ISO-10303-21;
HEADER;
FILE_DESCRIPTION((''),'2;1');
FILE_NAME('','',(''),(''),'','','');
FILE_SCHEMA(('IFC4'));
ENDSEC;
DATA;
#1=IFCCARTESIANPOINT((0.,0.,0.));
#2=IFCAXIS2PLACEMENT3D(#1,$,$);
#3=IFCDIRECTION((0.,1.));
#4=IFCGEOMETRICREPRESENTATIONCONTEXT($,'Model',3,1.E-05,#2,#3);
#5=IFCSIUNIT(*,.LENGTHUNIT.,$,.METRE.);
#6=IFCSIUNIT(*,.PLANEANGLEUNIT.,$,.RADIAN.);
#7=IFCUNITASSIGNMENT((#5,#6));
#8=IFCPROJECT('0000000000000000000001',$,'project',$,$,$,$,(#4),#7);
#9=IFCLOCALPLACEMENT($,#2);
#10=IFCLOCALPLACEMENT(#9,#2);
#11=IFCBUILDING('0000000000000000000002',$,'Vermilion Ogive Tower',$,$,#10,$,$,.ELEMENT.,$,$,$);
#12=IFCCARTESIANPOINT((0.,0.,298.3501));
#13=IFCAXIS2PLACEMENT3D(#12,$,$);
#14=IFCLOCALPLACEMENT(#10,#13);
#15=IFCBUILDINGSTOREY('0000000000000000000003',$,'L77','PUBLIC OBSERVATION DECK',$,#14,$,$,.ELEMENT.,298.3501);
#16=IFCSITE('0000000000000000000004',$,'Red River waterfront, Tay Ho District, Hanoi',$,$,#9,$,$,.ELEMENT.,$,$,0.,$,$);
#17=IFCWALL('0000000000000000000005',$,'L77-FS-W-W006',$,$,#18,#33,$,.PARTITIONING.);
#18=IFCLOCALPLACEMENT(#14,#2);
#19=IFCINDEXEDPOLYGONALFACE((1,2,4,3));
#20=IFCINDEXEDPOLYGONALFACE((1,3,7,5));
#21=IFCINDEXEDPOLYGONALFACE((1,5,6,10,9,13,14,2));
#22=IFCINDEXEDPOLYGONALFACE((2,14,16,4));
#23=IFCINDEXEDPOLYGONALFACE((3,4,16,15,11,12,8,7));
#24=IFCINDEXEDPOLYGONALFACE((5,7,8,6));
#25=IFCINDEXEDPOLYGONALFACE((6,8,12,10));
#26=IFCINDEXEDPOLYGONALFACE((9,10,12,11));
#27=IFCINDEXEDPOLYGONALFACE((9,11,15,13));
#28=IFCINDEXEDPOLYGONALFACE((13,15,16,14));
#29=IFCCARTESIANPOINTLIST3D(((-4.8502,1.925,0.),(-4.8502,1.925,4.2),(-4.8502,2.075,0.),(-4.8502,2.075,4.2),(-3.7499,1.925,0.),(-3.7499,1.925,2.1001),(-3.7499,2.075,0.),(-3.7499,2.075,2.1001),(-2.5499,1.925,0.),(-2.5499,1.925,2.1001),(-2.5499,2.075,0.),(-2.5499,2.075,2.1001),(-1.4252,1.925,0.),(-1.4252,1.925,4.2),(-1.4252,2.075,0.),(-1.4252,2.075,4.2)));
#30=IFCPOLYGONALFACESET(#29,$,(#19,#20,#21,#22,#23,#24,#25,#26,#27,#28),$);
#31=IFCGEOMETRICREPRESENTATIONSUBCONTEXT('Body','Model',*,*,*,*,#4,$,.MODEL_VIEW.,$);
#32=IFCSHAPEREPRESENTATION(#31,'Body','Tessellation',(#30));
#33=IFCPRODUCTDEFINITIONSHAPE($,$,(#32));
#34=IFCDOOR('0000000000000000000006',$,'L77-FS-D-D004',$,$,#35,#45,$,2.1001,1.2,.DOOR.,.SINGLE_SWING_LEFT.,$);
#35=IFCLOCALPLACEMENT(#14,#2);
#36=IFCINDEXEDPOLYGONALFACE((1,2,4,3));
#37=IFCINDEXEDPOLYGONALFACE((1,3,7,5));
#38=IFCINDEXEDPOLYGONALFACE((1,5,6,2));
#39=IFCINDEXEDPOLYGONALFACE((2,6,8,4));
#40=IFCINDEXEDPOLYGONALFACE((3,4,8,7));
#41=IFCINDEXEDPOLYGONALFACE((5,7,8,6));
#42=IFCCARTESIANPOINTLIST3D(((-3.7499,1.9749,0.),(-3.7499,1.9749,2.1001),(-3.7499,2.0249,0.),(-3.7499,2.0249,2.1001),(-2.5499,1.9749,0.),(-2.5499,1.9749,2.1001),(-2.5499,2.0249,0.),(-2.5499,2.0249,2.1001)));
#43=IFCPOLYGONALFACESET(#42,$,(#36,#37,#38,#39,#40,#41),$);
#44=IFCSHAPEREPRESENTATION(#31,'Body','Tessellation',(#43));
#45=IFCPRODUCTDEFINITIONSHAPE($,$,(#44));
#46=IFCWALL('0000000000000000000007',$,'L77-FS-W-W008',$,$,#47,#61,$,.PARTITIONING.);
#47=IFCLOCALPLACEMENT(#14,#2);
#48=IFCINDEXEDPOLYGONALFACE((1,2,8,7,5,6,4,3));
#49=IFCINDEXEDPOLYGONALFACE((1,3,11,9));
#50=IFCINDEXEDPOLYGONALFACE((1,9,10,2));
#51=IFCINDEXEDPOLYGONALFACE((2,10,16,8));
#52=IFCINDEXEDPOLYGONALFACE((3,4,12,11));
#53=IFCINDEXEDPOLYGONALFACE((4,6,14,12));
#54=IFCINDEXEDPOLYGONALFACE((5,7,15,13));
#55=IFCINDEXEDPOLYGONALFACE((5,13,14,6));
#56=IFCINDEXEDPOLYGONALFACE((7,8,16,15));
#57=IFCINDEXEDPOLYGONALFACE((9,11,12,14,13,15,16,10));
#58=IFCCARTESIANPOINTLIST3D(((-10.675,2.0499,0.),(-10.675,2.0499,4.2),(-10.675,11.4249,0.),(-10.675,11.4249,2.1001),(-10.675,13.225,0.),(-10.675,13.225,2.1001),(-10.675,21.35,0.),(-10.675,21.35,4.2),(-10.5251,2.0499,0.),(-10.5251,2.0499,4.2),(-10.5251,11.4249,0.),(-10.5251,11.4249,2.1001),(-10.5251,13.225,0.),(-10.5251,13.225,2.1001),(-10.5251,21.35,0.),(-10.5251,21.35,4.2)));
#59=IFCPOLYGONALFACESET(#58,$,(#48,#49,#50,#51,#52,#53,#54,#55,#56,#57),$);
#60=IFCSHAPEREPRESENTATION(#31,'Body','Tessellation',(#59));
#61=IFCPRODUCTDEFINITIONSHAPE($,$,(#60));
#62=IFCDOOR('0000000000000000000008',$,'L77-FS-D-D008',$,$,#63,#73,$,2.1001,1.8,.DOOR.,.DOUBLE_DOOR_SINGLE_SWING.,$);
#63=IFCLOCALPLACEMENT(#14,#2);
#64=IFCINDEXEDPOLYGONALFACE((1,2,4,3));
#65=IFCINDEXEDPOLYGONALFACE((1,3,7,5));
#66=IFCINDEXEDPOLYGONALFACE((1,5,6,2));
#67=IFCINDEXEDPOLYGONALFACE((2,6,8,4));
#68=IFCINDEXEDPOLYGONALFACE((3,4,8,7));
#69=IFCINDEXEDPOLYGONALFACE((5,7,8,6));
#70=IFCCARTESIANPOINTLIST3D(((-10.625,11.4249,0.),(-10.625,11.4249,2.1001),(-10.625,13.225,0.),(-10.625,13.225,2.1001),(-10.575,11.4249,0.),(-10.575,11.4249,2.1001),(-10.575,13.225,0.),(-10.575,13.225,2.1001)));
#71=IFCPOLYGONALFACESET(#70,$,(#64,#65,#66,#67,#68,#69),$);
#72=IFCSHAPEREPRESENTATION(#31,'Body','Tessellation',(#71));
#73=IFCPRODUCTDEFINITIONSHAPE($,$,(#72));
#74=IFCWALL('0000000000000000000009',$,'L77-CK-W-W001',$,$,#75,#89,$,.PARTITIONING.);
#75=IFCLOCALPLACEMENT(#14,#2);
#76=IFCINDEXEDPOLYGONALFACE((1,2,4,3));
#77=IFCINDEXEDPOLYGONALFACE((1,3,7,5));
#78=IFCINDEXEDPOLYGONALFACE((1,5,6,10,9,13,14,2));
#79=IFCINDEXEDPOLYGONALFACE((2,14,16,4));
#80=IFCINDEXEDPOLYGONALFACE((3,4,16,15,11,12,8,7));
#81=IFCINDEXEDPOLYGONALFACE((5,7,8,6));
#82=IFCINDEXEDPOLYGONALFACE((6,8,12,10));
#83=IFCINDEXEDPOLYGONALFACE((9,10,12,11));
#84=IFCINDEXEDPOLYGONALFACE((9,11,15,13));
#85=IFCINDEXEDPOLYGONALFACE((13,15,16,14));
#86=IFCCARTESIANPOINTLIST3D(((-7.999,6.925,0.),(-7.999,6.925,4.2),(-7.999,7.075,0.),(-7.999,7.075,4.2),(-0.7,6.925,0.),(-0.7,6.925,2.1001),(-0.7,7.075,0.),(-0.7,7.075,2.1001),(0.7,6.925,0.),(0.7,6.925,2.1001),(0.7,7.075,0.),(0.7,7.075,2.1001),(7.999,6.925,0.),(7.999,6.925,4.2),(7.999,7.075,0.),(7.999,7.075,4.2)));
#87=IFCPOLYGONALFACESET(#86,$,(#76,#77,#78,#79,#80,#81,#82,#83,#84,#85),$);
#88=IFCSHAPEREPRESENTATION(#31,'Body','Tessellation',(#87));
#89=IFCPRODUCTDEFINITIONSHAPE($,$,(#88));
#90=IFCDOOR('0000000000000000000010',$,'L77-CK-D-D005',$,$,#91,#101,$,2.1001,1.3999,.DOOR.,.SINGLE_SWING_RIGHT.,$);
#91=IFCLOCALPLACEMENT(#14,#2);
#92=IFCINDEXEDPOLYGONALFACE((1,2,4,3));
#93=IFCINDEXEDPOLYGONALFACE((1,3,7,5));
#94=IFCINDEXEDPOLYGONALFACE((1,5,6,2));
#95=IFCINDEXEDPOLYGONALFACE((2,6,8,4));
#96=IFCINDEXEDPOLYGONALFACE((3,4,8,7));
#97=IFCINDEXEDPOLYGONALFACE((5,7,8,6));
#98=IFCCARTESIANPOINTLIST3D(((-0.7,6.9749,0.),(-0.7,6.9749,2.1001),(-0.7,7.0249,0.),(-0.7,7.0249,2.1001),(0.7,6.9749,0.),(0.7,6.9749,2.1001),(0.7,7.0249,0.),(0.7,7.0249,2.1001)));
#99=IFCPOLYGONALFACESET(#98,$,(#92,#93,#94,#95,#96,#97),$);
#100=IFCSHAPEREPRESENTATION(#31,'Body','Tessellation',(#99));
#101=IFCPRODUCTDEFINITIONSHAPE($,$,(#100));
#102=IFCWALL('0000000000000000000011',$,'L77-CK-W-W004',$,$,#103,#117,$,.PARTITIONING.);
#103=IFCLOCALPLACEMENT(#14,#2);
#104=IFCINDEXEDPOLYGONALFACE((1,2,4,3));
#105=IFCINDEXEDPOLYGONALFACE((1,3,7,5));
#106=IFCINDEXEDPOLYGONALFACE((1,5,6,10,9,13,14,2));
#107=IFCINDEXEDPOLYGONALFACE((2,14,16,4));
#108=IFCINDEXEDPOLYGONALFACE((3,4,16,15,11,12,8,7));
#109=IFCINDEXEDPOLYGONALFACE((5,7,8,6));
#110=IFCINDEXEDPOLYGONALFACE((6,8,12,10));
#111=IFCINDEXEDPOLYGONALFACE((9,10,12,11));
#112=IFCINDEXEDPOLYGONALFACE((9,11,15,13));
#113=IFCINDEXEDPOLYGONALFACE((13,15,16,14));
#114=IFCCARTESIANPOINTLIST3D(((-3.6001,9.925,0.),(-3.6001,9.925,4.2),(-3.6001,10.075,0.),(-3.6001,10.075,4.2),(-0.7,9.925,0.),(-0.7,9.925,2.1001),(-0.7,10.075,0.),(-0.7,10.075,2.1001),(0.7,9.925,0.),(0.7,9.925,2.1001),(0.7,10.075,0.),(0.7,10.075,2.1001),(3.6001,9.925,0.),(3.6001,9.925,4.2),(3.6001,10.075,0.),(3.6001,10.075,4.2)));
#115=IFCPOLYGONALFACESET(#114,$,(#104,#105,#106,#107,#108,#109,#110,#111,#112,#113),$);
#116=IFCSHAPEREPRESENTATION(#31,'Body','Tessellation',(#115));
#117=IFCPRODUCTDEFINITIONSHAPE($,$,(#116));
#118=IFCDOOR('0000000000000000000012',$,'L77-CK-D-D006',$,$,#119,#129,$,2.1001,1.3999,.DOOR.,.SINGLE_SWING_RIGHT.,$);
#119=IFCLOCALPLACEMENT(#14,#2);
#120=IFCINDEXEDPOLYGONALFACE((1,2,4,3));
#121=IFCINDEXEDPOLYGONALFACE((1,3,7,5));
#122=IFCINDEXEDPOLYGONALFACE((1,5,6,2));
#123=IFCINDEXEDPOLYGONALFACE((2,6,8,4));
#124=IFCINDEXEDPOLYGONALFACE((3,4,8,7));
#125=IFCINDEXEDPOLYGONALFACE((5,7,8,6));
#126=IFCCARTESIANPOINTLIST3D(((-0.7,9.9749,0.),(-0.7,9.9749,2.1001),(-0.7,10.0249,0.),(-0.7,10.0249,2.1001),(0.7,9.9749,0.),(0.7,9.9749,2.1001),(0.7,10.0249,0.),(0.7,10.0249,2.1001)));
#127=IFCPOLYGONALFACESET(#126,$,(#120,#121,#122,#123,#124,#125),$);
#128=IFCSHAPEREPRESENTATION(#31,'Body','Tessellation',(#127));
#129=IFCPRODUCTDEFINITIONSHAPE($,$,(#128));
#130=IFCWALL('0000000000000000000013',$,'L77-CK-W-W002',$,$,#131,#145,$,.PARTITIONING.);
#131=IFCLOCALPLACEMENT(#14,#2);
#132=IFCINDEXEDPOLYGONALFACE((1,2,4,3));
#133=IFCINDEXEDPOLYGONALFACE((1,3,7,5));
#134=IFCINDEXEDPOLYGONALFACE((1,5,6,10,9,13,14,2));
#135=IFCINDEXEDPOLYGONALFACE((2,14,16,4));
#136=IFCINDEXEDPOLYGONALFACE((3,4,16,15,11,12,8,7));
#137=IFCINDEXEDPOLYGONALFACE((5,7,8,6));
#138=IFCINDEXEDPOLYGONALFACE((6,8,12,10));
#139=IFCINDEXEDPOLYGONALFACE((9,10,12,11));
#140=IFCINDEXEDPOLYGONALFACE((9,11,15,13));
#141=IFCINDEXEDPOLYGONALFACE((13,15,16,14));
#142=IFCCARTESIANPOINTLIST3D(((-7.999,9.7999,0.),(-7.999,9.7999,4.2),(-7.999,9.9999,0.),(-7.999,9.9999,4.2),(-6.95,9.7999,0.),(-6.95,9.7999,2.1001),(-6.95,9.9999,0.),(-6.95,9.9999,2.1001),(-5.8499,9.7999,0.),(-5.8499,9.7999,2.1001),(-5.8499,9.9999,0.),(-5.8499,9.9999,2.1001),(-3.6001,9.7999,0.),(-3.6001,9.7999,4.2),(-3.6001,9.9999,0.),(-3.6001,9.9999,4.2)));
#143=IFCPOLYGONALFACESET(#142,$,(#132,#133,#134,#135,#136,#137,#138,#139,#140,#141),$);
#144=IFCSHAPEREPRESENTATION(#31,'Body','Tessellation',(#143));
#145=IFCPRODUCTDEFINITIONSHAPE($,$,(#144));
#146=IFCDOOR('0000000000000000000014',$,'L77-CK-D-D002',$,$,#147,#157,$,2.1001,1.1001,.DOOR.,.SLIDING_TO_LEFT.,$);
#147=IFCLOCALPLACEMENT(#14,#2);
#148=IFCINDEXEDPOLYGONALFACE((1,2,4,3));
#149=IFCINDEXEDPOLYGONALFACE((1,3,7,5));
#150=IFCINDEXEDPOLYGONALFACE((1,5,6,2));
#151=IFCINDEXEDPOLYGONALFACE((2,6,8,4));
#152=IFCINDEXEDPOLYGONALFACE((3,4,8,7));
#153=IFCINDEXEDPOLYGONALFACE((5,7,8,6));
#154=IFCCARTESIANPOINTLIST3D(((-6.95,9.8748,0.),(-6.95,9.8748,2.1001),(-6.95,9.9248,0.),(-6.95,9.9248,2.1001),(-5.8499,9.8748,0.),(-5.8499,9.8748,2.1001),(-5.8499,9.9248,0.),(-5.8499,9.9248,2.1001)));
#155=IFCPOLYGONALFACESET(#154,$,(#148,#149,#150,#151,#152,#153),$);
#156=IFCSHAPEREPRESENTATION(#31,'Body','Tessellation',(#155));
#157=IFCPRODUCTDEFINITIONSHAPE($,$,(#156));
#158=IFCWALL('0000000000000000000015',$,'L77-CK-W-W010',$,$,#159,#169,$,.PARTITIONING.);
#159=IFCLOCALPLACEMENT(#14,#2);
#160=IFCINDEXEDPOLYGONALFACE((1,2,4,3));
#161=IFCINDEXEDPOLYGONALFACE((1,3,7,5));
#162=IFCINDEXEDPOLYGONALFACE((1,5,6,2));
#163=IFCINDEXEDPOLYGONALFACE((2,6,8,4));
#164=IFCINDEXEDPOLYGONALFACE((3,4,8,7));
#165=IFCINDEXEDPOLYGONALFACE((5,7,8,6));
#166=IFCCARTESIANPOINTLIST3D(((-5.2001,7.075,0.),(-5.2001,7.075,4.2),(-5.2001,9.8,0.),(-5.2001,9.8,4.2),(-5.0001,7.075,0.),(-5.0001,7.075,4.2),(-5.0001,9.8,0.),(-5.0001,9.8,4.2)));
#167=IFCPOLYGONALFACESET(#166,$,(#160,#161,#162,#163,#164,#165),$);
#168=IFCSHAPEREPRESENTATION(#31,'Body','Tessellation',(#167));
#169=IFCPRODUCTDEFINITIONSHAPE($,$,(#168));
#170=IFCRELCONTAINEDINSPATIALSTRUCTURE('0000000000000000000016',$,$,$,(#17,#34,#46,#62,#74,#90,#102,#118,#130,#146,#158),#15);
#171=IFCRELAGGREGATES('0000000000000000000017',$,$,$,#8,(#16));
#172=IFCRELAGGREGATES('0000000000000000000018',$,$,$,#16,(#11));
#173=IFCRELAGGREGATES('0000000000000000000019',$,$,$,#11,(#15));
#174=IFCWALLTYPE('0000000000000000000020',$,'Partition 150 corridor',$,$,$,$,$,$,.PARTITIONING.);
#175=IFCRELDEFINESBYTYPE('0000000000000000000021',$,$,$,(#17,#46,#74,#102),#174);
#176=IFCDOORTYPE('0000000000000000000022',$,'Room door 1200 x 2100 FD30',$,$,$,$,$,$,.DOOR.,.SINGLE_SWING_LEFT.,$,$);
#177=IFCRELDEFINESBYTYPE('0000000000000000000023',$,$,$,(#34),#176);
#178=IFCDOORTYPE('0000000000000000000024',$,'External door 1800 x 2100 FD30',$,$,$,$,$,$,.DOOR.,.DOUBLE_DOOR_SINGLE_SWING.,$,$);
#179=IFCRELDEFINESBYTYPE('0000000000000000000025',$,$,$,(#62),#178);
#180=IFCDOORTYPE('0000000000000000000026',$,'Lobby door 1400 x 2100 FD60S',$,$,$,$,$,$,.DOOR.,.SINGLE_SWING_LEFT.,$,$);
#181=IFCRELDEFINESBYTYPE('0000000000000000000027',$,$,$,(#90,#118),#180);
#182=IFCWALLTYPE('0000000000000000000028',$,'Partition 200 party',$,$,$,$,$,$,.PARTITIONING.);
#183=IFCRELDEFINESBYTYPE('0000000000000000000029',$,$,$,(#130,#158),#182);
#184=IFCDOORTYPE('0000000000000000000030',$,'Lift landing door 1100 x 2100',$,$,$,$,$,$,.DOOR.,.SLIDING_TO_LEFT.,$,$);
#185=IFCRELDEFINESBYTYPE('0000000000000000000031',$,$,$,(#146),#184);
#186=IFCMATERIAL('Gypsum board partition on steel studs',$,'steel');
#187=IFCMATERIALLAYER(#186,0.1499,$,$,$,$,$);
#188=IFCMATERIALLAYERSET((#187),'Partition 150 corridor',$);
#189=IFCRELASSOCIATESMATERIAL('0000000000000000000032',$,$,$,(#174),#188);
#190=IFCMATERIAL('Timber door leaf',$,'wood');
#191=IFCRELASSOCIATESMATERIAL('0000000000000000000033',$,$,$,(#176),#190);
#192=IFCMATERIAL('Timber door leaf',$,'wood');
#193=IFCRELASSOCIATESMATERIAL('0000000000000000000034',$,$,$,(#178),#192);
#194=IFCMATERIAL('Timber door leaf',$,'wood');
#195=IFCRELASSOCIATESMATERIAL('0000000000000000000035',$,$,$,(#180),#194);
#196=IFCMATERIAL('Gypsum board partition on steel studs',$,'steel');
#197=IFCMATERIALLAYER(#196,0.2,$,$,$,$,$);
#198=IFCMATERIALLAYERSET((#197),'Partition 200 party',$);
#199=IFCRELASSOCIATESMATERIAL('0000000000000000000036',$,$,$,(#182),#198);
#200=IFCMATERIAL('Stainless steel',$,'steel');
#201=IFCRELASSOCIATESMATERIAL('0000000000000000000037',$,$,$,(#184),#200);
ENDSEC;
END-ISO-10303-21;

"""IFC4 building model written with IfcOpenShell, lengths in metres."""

from ifc_helpers import new_model, si_unit, direction, frame, frame_2d, origin, place, context, subcontext, project, spatial, rectangle, extrude, material, layer, layer_set, type_object, element, fill, save


model = new_model("IFC4")

# Units and contexts
model_context = context("Model", 3, precision=1e-05, world=origin(), true_north=direction((0.0, 1.0)))
body_context = subcontext(model_context, "Body", "Model", "MODEL_VIEW")
ifc_project = project(units=[si_unit("LENGTHUNIT", "METRE"), si_unit("PLANEANGLEUNIT", "RADIAN")], contexts=[model_context])

# Site, building, storey
site_placement = place(None, origin())
site = spatial("IfcSite", under=ifc_project, at=site_placement, Name="Red River waterfront, Tay Ho District, Hanoi", CompositionType="ELEMENT", RefElevation=0.0)
building_placement = place(site_placement, origin())
building = spatial("IfcBuilding", under=site, at=building_placement, Name="Vermilion Ogive Tower", CompositionType="ELEMENT")
storey_placement = place(building_placement, frame((0.0, 0.0, 298.3501)))
storey = spatial("IfcBuildingStorey", under=building, at=storey_placement, Name="L77", Description="PUBLIC OBSERVATION DECK", CompositionType="ELEMENT", Elevation=298.3501)

# Walls, openings, doors
ifc_material_1 = material(Name="Gypsum board partition on steel studs", Category="steel")
ifc_layer_1 = layer(ifc_material_1, 0.1499)
ifc_layer_set_1 = layer_set([ifc_layer_1], Name="Partition 150 corridor")
wall_type_1 = type_object("IfcWallType", Name="Partition 150 corridor", PredefinedType="PARTITIONING", material=ifc_layer_set_1)
wall_1_placement = place(storey_placement, frame((-4.8501, 2.0, 0.0), z_axis=(0.0, 0.0, 1.0), x_axis=(1.0, 0.0, 0.0)))
wall_1 = element("IfcWall", 1, at=wall_1_placement, inside=storey, type_object=wall_type_1, Name="L77-FS-W-W006", PredefinedType="PARTITIONING", context=body_context, shape_type="SweptSolid", body=[
    extrude(rectangle(XDim=3.425, YDim=0.1499, at=frame_2d((1.7124, 0.0))), origin(), (0.0, 0.0, 1.0), 4.2),
])
opening_1_placement = place(wall_1_placement, frame((1.1001, 0.0, 0.0)))
opening_1 = element("IfcOpeningElement", 2, at=opening_1_placement, cuts=wall_1, PredefinedType="OPENING", context=body_context, shape_type="SweptSolid", body=[
    extrude(rectangle(XDim=1.2, YDim=2.1001, at=frame_2d((0.6001, 1.05))), frame((0.0, 0.085, 0.0), z_axis=(0.0, -1.0, 0.0), x_axis=(1.0, 0.0, 0.0)), (0.0, 0.0, 1.0), 0.1699),
])
ifc_material_2 = material(Name="Timber door leaf", Category="wood")
door_type_1 = type_object("IfcDoorType", Name="Room door 1200 x 2100 FD30", OperationType="SINGLE_SWING_LEFT", PredefinedType="DOOR", material=ifc_material_2)
door_1_placement = place(opening_1_placement, origin())
door_1 = element("IfcDoor", 3, at=door_1_placement, inside=storey, type_object=door_type_1, Name="L77-FS-D-D004", OperationType="SINGLE_SWING_LEFT", OverallHeight=2.1001, OverallWidth=1.2, PredefinedType="DOOR", context=body_context, shape_type="SweptSolid", body=[
    extrude(rectangle(XDim=1.2, YDim=2.1001, at=frame_2d((0.6001, 1.05))), frame((0.0, 0.0249, 0.0), z_axis=(0.0, -1.0, 0.0), x_axis=(1.0, 0.0, 0.0)), (0.0, 0.0, 1.0), 0.05),
])
fill(opening_1, door_1)
wall_2_placement = place(storey_placement, frame((-10.6001, 2.05, 0.0), z_axis=(0.0, 0.0, 1.0), x_axis=(0.0, 1.0, 0.0)))
wall_2 = element("IfcWall", 4, at=wall_2_placement, inside=storey, type_object=wall_type_1, Name="L77-FS-W-W008", PredefinedType="PARTITIONING", context=body_context, shape_type="SweptSolid", body=[
    extrude(rectangle(XDim=19.3, YDim=0.1499, at=frame_2d((9.6499, 0.0))), origin(), (0.0, 0.0, 1.0), 4.2),
])
opening_2_placement = place(wall_2_placement, frame((9.375, 0.0, 0.0)))
opening_2 = element("IfcOpeningElement", 5, at=opening_2_placement, cuts=wall_2, PredefinedType="OPENING", context=body_context, shape_type="SweptSolid", body=[
    extrude(rectangle(XDim=1.8, YDim=2.1001, at=frame_2d((0.8999, 1.05))), frame((0.0, 0.085, 0.0), z_axis=(0.0, -1.0, 0.0), x_axis=(1.0, 0.0, 0.0)), (0.0, 0.0, 1.0), 0.1699),
])
ifc_material_3 = material(Name="Timber door leaf", Category="wood")
door_type_2 = type_object("IfcDoorType", Name="External door 1800 x 2100 FD30", OperationType="DOUBLE_DOOR_SINGLE_SWING", PredefinedType="DOOR", material=ifc_material_3)
door_2_placement = place(opening_2_placement, origin())
door_2 = element("IfcDoor", 6, at=door_2_placement, inside=storey, type_object=door_type_2, Name="L77-FS-D-D008", OperationType="DOUBLE_DOOR_SINGLE_SWING", OverallHeight=2.1001, OverallWidth=1.8, PredefinedType="DOOR", context=body_context, shape_type="SweptSolid", body=[
    extrude(rectangle(XDim=1.8, YDim=2.1001, at=frame_2d((0.8999, 1.05))), frame((0.0, 0.0249, 0.0), z_axis=(0.0, -1.0, 0.0), x_axis=(1.0, 0.0, 0.0)), (0.0, 0.0, 1.0), 0.05),
])
fill(opening_2, door_2)
wall_3_placement = place(storey_placement, frame((-7.999, 7.0, 0.0), z_axis=(0.0, 0.0, 1.0), x_axis=(1.0, 0.0, 0.0)))
wall_3 = element("IfcWall", 7, at=wall_3_placement, inside=storey, type_object=wall_type_1, Name="L77-CK-W-W001", PredefinedType="PARTITIONING", context=body_context, shape_type="SweptSolid", body=[
    extrude(rectangle(XDim=15.998, YDim=0.1499, at=frame_2d((7.999, 0.0))), origin(), (0.0, 0.0, 1.0), 4.2),
])
opening_3_placement = place(wall_3_placement, frame((7.2991, 0.0, 0.0)))
opening_3 = element("IfcOpeningElement", 8, at=opening_3_placement, cuts=wall_3, PredefinedType="OPENING", context=body_context, shape_type="SweptSolid", body=[
    extrude(rectangle(XDim=1.3999, YDim=2.1001, at=frame_2d((0.7, 1.05))), frame((0.0, 0.085, 0.0), z_axis=(0.0, -1.0, 0.0), x_axis=(1.0, 0.0, 0.0)), (0.0, 0.0, 1.0), 0.1699),
])
ifc_material_4 = material(Name="Timber door leaf", Category="wood")
door_type_3 = type_object("IfcDoorType", Name="Lobby door 1400 x 2100 FD60S", OperationType="SINGLE_SWING_LEFT", PredefinedType="DOOR", material=ifc_material_4)
door_3_placement = place(opening_3_placement, origin())
door_3 = element("IfcDoor", 9, at=door_3_placement, inside=storey, type_object=door_type_3, Name="L77-CK-D-D005", OperationType="SINGLE_SWING_RIGHT", OverallHeight=2.1001, OverallWidth=1.3999, PredefinedType="DOOR", context=body_context, shape_type="SweptSolid", body=[
    extrude(rectangle(XDim=1.3999, YDim=2.1001, at=frame_2d((0.7, 1.05))), frame((0.0, 0.0249, 0.0), z_axis=(0.0, -1.0, 0.0), x_axis=(1.0, 0.0, 0.0)), (0.0, 0.0, 1.0), 0.05),
])
fill(opening_3, door_3)
wall_4_placement = place(storey_placement, frame((-3.6001, 10.0, 0.0), z_axis=(0.0, 0.0, 1.0), x_axis=(1.0, 0.0, 0.0)))
wall_4 = element("IfcWall", 10, at=wall_4_placement, inside=storey, type_object=wall_type_1, Name="L77-CK-W-W004", PredefinedType="PARTITIONING", context=body_context, shape_type="SweptSolid", body=[
    extrude(rectangle(XDim=7.2002, YDim=0.1499, at=frame_2d((3.6001, 0.0))), origin(), (0.0, 0.0, 1.0), 4.2),
])
opening_4_placement = place(wall_4_placement, frame((2.9001, 0.0, 0.0)))
opening_4 = element("IfcOpeningElement", 11, at=opening_4_placement, cuts=wall_4, PredefinedType="OPENING", context=body_context, shape_type="SweptSolid", body=[
    extrude(rectangle(XDim=1.3999, YDim=2.1001, at=frame_2d((0.7, 1.05))), frame((0.0, 0.085, 0.0), z_axis=(0.0, -1.0, 0.0), x_axis=(1.0, 0.0, 0.0)), (0.0, 0.0, 1.0), 0.1699),
])
door_4_placement = place(opening_4_placement, origin())
door_4 = element("IfcDoor", 12, at=door_4_placement, inside=storey, type_object=door_type_3, Name="L77-CK-D-D006", OperationType="SINGLE_SWING_RIGHT", OverallHeight=2.1001, OverallWidth=1.3999, PredefinedType="DOOR", context=body_context, shape_type="SweptSolid", body=[
    extrude(rectangle(XDim=1.3999, YDim=2.1001, at=frame_2d((0.7, 1.05))), frame((0.0, 0.0249, 0.0), z_axis=(0.0, -1.0, 0.0), x_axis=(1.0, 0.0, 0.0)), (0.0, 0.0, 1.0), 0.05),
])
fill(opening_4, door_4)
ifc_material_5 = material(Name="Gypsum board partition on steel studs", Category="steel")
ifc_layer_2 = layer(ifc_material_5, 0.2)
ifc_layer_set_2 = layer_set([ifc_layer_2], Name="Partition 200 party")
wall_type_2 = type_object("IfcWallType", Name="Partition 200 party", PredefinedType="PARTITIONING", material=ifc_layer_set_2)
wall_5_placement = place(storey_placement, frame((-7.999, 9.8999, 0.0), z_axis=(0.0, 0.0, 1.0), x_axis=(1.0, 0.0, 0.0)))
wall_5 = element("IfcWall", 13, at=wall_5_placement, inside=storey, type_object=wall_type_2, Name="L77-CK-W-W002", PredefinedType="PARTITIONING", context=body_context, shape_type="SweptSolid", body=[
    extrude(rectangle(XDim=4.3989, YDim=0.2, at=frame_2d((2.1995, 0.0))), origin(), (0.0, 0.0, 1.0), 4.2),
])
opening_5_placement = place(wall_5_placement, frame((1.0491, 0.0, 0.0)))
opening_5 = element("IfcOpeningElement", 14, at=opening_5_placement, cuts=wall_5, PredefinedType="OPENING", context=body_context, shape_type="SweptSolid", body=[
    extrude(rectangle(XDim=1.1001, YDim=2.1001, at=frame_2d((0.55, 1.05))), frame((0.0, 0.1099, 0.0), z_axis=(0.0, -1.0, 0.0), x_axis=(1.0, 0.0, 0.0)), (0.0, 0.0, 1.0), 0.22),
])
ifc_material_6 = material(Name="Stainless steel", Category="steel")
door_type_4 = type_object("IfcDoorType", Name="Lift landing door 1100 x 2100", OperationType="SLIDING_TO_LEFT", PredefinedType="DOOR", material=ifc_material_6)
door_5_placement = place(opening_5_placement, origin())
door_5 = element("IfcDoor", 15, at=door_5_placement, inside=storey, type_object=door_type_4, Name="L77-CK-D-D002", OperationType="SLIDING_TO_LEFT", OverallHeight=2.1001, OverallWidth=1.1001, PredefinedType="DOOR", context=body_context, shape_type="SweptSolid", body=[
    extrude(rectangle(XDim=1.1001, YDim=2.1001, at=frame_2d((0.55, 1.05))), frame((0.0, 0.0249, 0.0), z_axis=(0.0, -1.0, 0.0), x_axis=(1.0, 0.0, 0.0)), (0.0, 0.0, 1.0), 0.05),
])
fill(opening_5, door_5)

# Wall
wall_6_placement = place(storey_placement, frame((-5.1001, 7.075, 0.0), z_axis=(0.0, 0.0, 1.0), x_axis=(0.0, 1.0, 0.0)))
element("IfcWall", 16, at=wall_6_placement, inside=storey, type_object=wall_type_2, Name="L77-CK-W-W010", PredefinedType="PARTITIONING", context=body_context, shape_type="SweptSolid", body=[
    extrude(rectangle(XDim=2.7251, YDim=0.2, at=frame_2d((1.3625, 0.0))), origin(), (0.0, 0.0, 1.0), 4.2),
])

save(model, "model.ifc")
